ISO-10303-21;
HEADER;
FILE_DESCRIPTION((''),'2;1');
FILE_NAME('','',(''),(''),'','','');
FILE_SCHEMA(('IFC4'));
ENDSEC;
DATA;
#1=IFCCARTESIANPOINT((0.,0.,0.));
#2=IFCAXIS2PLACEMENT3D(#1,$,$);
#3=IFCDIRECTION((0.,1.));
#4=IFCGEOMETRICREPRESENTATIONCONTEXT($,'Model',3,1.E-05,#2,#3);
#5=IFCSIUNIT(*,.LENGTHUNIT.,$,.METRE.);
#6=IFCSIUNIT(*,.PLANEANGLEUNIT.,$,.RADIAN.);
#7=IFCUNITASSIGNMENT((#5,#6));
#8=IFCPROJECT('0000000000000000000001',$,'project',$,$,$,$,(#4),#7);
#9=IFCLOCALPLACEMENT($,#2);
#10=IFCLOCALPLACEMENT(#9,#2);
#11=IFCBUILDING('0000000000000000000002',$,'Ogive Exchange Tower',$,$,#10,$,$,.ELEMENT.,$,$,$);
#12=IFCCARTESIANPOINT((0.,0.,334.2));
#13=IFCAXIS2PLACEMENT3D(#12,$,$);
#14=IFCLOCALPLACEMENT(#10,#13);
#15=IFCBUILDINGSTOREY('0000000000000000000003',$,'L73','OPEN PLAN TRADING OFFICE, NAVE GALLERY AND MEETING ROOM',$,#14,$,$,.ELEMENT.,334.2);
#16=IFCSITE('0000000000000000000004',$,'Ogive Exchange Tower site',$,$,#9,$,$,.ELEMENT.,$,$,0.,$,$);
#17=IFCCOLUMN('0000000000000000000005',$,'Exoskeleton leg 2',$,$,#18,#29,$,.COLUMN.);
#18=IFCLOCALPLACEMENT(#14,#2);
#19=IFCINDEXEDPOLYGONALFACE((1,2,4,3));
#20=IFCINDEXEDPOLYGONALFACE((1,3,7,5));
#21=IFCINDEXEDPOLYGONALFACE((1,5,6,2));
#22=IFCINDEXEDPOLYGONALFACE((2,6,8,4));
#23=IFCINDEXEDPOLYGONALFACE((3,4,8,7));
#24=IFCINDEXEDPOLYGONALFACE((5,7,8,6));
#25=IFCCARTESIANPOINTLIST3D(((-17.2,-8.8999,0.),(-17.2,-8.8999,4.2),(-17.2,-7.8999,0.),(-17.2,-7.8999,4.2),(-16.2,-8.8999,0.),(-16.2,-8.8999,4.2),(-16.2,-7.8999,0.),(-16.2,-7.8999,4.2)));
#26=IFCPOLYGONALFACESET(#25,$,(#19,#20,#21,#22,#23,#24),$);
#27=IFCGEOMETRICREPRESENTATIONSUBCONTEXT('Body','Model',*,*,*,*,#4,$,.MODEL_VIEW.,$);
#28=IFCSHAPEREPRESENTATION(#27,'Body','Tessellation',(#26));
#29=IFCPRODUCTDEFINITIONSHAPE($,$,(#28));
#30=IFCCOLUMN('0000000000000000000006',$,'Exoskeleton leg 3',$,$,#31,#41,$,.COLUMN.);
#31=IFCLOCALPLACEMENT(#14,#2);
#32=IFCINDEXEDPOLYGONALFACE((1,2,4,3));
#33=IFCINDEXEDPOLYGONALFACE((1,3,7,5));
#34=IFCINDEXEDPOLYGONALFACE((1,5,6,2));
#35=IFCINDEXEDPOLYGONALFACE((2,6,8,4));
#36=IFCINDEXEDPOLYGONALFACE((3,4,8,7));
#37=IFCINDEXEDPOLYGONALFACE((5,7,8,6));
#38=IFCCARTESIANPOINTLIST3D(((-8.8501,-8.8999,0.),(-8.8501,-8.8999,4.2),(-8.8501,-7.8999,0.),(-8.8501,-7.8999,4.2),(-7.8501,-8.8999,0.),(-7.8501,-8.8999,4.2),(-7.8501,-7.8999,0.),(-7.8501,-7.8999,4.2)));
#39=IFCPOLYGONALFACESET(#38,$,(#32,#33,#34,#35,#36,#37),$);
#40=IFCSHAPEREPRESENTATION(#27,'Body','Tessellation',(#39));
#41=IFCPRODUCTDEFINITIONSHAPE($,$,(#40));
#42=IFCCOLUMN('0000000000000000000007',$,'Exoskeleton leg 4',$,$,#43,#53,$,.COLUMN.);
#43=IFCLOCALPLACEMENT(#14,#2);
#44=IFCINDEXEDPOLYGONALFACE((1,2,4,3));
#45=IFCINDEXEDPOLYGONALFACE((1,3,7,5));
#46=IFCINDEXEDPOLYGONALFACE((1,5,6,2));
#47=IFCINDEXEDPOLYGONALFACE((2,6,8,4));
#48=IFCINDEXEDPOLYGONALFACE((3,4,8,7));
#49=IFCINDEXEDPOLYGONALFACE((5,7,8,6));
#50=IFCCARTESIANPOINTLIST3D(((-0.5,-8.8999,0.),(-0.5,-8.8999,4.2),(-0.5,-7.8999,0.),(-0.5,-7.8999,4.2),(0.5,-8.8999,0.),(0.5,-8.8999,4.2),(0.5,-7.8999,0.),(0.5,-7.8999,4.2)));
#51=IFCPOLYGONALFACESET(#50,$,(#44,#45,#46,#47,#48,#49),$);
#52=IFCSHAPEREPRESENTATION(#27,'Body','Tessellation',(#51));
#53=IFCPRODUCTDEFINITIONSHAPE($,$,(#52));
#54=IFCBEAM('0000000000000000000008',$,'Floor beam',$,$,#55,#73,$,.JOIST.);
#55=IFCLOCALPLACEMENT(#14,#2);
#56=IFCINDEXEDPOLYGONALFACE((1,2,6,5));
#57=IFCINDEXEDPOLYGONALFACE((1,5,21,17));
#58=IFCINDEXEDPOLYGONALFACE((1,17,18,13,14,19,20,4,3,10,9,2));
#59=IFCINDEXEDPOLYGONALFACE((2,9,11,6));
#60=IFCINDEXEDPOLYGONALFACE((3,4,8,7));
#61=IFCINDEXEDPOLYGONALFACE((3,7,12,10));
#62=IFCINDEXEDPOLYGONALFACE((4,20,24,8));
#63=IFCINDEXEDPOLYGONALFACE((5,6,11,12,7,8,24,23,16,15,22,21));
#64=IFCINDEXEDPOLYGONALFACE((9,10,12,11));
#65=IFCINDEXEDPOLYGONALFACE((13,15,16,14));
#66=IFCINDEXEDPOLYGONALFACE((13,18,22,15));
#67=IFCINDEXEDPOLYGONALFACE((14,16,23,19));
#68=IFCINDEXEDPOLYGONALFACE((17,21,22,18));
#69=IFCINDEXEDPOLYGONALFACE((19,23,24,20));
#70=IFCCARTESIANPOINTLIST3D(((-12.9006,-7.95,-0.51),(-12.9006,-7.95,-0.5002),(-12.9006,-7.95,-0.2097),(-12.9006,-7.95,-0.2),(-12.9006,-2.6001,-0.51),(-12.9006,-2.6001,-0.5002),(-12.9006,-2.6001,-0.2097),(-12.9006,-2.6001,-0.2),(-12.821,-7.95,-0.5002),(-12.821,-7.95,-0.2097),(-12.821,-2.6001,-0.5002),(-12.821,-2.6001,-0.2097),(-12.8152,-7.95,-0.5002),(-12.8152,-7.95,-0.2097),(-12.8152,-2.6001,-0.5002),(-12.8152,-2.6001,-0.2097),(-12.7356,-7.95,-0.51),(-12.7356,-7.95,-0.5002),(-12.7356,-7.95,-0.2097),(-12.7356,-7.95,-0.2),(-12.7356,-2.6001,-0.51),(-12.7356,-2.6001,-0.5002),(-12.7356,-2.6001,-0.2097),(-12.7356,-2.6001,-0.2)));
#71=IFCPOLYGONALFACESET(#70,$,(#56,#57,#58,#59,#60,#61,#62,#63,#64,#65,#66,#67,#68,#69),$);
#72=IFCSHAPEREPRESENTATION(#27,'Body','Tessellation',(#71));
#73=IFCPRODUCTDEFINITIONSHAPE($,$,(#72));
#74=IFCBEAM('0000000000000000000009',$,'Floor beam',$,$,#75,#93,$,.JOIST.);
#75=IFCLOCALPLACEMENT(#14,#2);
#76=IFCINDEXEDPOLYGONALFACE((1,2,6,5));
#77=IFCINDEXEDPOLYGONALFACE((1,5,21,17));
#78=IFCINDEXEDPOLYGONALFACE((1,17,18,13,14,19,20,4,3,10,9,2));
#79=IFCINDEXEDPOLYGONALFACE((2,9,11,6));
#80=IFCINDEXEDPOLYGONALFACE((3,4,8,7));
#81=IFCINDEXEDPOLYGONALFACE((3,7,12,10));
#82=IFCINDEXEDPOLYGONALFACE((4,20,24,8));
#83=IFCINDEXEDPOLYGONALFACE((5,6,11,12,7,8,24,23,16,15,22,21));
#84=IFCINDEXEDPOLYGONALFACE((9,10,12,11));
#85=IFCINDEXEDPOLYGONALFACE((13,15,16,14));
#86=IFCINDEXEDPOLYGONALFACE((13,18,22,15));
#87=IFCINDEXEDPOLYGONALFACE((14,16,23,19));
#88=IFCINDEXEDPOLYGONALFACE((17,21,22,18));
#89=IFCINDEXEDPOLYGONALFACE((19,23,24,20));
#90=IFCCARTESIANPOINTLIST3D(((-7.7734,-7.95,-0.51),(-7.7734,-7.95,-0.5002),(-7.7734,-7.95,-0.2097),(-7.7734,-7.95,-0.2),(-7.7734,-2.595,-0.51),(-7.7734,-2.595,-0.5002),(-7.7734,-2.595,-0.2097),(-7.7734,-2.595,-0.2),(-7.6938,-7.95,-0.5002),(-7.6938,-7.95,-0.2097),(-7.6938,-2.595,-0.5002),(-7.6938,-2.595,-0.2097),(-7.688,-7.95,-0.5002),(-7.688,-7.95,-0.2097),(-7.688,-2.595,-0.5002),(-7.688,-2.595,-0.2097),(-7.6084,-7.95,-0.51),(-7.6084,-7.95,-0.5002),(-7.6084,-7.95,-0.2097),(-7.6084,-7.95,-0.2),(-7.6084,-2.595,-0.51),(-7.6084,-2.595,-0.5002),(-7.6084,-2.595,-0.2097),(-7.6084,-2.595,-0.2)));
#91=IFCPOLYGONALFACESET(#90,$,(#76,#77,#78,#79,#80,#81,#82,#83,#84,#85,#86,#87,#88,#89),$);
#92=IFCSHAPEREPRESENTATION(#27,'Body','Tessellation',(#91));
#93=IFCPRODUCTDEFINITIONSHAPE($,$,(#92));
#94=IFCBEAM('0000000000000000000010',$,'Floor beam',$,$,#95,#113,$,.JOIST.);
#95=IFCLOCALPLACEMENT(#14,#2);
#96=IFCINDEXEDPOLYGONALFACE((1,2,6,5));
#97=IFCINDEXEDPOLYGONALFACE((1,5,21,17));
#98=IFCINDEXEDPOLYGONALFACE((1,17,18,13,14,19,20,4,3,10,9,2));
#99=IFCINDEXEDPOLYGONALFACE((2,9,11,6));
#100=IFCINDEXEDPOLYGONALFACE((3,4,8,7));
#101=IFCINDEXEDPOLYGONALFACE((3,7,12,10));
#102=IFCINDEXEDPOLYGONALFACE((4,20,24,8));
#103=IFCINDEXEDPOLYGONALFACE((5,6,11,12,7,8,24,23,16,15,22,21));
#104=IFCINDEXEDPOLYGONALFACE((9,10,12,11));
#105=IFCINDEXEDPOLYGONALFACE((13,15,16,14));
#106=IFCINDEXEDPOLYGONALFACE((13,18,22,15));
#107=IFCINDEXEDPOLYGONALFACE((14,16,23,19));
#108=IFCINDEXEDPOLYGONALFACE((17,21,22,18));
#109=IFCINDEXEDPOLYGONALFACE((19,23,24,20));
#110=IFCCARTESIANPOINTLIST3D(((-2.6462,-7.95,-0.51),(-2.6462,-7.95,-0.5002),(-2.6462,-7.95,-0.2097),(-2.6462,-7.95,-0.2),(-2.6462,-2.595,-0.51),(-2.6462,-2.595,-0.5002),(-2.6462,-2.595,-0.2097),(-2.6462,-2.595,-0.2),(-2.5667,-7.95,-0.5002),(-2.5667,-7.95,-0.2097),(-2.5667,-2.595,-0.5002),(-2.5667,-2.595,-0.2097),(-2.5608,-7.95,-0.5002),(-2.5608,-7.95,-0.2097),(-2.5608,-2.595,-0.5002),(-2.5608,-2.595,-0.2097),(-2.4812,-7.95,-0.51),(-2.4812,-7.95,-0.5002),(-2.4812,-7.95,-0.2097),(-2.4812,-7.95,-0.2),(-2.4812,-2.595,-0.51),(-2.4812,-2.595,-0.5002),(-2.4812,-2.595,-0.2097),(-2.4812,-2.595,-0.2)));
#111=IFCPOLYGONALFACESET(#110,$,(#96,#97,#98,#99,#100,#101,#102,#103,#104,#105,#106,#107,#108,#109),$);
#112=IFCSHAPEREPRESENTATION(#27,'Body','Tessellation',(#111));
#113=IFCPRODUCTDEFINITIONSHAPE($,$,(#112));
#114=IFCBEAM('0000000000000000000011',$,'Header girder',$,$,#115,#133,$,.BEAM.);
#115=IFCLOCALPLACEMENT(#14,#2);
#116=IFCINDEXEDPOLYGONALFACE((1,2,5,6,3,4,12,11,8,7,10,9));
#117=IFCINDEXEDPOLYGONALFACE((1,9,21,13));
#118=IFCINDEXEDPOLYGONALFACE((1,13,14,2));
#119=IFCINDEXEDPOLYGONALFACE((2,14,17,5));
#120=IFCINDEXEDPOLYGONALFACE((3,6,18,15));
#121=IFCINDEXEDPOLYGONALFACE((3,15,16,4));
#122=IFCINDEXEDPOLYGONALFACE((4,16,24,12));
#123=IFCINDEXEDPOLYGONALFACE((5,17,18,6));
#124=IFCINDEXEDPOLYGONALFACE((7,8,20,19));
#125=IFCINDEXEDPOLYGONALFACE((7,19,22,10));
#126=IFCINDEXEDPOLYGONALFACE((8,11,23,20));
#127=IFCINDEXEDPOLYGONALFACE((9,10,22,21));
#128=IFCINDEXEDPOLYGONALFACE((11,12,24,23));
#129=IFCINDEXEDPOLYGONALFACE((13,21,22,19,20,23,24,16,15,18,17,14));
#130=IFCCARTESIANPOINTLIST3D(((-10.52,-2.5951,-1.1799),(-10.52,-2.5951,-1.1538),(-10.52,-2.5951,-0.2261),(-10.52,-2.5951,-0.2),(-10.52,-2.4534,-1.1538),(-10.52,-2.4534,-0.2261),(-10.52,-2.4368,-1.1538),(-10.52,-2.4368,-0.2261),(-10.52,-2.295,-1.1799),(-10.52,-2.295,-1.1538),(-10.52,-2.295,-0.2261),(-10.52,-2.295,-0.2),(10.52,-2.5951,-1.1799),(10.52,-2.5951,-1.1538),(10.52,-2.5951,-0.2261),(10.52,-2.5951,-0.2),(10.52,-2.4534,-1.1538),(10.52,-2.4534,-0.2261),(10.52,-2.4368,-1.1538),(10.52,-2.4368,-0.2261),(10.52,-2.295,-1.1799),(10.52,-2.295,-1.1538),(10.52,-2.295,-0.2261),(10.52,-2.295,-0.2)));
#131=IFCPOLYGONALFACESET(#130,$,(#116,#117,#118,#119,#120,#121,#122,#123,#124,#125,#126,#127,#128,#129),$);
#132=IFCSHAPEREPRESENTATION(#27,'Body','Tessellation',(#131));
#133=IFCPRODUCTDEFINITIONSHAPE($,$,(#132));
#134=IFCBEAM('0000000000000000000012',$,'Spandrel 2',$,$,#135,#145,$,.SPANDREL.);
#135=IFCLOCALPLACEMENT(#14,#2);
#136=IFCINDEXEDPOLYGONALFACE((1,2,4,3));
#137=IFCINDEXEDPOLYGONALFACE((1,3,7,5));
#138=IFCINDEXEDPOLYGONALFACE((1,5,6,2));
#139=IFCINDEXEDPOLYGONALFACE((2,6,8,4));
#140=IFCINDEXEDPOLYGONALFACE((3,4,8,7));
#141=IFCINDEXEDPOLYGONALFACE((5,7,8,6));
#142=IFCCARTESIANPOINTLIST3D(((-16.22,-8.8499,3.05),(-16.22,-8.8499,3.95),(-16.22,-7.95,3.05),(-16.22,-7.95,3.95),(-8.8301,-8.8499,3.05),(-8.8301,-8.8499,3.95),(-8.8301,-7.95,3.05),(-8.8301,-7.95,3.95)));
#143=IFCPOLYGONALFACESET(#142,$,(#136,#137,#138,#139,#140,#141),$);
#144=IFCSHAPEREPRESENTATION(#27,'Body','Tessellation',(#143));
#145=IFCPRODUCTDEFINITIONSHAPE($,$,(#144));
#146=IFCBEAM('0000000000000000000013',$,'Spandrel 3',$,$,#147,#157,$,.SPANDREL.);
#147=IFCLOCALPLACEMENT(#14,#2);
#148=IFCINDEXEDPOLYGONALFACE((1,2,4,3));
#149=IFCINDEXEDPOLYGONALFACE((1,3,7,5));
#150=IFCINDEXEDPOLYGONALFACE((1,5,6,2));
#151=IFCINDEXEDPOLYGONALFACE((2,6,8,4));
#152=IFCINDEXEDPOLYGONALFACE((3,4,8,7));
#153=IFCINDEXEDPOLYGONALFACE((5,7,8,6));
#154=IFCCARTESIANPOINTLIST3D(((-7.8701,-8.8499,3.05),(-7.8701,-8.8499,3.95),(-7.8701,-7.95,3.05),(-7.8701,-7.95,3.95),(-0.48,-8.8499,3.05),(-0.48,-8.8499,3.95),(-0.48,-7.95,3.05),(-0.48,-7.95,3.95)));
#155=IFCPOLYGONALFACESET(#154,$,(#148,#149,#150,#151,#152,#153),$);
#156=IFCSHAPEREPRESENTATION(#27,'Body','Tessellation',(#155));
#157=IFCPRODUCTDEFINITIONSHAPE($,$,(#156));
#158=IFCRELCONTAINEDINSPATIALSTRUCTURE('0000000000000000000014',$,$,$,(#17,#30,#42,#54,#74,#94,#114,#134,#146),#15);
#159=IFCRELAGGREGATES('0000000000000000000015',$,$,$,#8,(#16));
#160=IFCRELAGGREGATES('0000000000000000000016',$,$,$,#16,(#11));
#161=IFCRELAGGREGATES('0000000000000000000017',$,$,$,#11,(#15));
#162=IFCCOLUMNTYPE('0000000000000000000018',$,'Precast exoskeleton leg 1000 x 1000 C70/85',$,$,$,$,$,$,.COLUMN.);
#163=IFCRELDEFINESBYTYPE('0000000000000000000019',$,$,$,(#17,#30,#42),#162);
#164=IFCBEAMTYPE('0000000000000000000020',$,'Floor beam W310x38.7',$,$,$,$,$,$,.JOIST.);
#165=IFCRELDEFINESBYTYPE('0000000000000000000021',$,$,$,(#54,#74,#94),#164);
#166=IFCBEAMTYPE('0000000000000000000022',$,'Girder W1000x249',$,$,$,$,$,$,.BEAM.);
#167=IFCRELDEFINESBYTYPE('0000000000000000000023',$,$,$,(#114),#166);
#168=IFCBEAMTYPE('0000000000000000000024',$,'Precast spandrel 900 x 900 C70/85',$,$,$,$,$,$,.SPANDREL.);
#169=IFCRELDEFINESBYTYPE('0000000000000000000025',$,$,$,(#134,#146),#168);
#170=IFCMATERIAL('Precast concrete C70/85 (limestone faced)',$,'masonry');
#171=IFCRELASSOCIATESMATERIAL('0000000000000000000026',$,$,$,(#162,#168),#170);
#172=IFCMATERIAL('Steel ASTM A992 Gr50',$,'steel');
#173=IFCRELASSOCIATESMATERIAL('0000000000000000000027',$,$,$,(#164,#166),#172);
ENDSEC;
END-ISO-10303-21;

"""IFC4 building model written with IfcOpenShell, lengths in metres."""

from ifc_helpers import new_model, si_unit, direction, frame, origin, origin_2d, place, context, subcontext, project, spatial, rectangle, i_section, extrude, material, material_profile, profile_set, type_object, element, save


model = new_model("IFC4")

# Units and contexts
model_context = context("Model", 3, precision=1e-05, world=origin(), true_north=direction((0.0, 1.0)))
body_context = subcontext(model_context, "Body", "Model", "MODEL_VIEW")
ifc_project = project(units=[si_unit("LENGTHUNIT", "METRE"), si_unit("PLANEANGLEUNIT", "RADIAN")], contexts=[model_context])

# Site, building, storey
site_placement = place(None, origin())
site = spatial("IfcSite", under=ifc_project, at=site_placement, Name="Ogive Exchange Tower site", CompositionType="ELEMENT", RefElevation=0.0)
building_placement = place(site_placement, origin())
building = spatial("IfcBuilding", under=site, at=building_placement, Name="Ogive Exchange Tower", CompositionType="ELEMENT")
storey_placement = place(building_placement, frame((0.0, 0.0, 334.2)))
storey = spatial("IfcBuildingStorey", under=building, at=storey_placement, Name="L73", Description="OPEN PLAN TRADING OFFICE, NAVE GALLERY AND MEETING ROOM", CompositionType="ELEMENT", Elevation=334.2)

# Columns
ifc_material_1 = material(Name="Precast concrete C70/85 (limestone faced)", Category="masonry")
ifc_material_profile_1 = material_profile(ifc_material_1, rectangle(XDim=1.0, YDim=1.0, at=origin_2d()), Name="1000 x 1000")
ifc_profile_set_1 = profile_set([ifc_material_profile_1], Name="Precast concrete C70/85 (limestone faced)")
column_type = type_object("IfcColumnType", Name="Precast exoskeleton leg 1000 x 1000 C70/85", PredefinedType="COLUMN", material=ifc_profile_set_1)
for number, where, z_axis, x_axis, name in (
    (1, (-16.7, -8.3999, 0.0), (0.0, 0.0, 1.0), (1.0, 0.0, 0.0), "Exoskeleton leg 2"),
    (2, (-8.3501, -8.3999, 0.0), (0.0, 0.0, 1.0), (1.0, 0.0, 0.0), "Exoskeleton leg 3"),
    (3, (0.0, -8.3999, 0.0), (0.0, 0.0, 1.0), (1.0, 0.0, 0.0), "Exoskeleton leg 4"),
):
    element("IfcColumn", number, at=place(storey_placement, frame(where, z_axis=z_axis, x_axis=x_axis)), inside=storey, type_object=column_type, Name=name, PredefinedType="COLUMN", context=body_context, shape_type="SweptSolid", body=[
        extrude(rectangle(XDim=1.0, YDim=1.0, at=origin_2d()), origin(), (0.0, 0.0, 1.0), 4.2),
    ])

# Beams
ifc_material_2 = material(Name="Steel ASTM A992 Gr50", Category="steel")
ifc_material_profile_2 = material_profile(ifc_material_2, i_section(OverallWidth=0.165, OverallDepth=0.3101, WebThickness=0.0059, FlangeThickness=0.0098, at=origin_2d()), Name="W310x38.7")
ifc_profile_set_2 = profile_set([ifc_material_profile_2], Name="Steel ASTM A992 Gr50")
beam_type_1 = type_object("IfcBeamType", Name="Floor beam W310x38.7", PredefinedType="JOIST", material=ifc_profile_set_2)
beam_1_placement = place(storey_placement, frame((-12.8181, -7.95, -0.355), z_axis=(0.0, 1.0, 0.0), x_axis=(-1.0, 0.0, 0.0)))
element("IfcBeam", 4, at=beam_1_placement, inside=storey, type_object=beam_type_1, Name="Floor beam", PredefinedType="JOIST", context=body_context, shape_type="SweptSolid", body=[
    extrude(i_section(OverallWidth=0.165, OverallDepth=0.3101, WebThickness=0.0059, FlangeThickness=0.0098, at=origin_2d()), origin(), (0.0, 0.0, 1.0), 5.3499),
])
for number, where, z_axis, x_axis, name in (
    (5, (-7.6909, -7.95, -0.355), (0.0, 1.0, 0.0), (-1.0, 0.0, 0.0), "Floor beam"),
    (6, (-2.5637, -7.95, -0.355), (0.0, 1.0, 0.0), (-1.0, 0.0, 0.0), "Floor beam"),
):
    element("IfcBeam", number, at=place(storey_placement, frame(where, z_axis=z_axis, x_axis=x_axis)), inside=storey, type_object=beam_type_1, Name=name, PredefinedType="JOIST", context=body_context, shape_type="SweptSolid", body=[
        extrude(i_section(OverallWidth=0.165, OverallDepth=0.3101, WebThickness=0.0059, FlangeThickness=0.0098, at=origin_2d()), origin(), (0.0, 0.0, 1.0), 5.355),
    ])
ifc_material_profile_3 = material_profile(ifc_material_2, i_section(OverallWidth=0.3, OverallDepth=0.98, WebThickness=0.0166, FlangeThickness=0.0261, at=origin_2d()), Name="W1000x249")
ifc_profile_set_3 = profile_set([ifc_material_profile_3], Name="Steel ASTM A992 Gr50")
beam_type_2 = type_object("IfcBeamType", Name="Girder W1000x249", PredefinedType="BEAM", material=ifc_profile_set_3)
beam_2_placement = place(storey_placement, frame((-10.52, -2.4451, -0.6899), z_axis=(1.0, 0.0, 0.0), x_axis=(0.0, 1.0, 0.0)))
element("IfcBeam", 7, at=beam_2_placement, inside=storey, type_object=beam_type_2, Name="Header girder", PredefinedType="BEAM", context=body_context, shape_type="SweptSolid", body=[
    extrude(i_section(OverallWidth=0.3, OverallDepth=0.98, WebThickness=0.0166, FlangeThickness=0.0261, at=origin_2d()), origin(), (0.0, 0.0, 1.0), 21.04),
])
ifc_material_profile_4 = material_profile(ifc_material_1, rectangle(XDim=0.8999, YDim=0.8999, at=origin_2d()), Name="900 x 900")
ifc_profile_set_4 = profile_set([ifc_material_profile_4], Name="Precast concrete C70/85 (limestone faced)")
beam_type_3 = type_object("IfcBeamType", Name="Precast spandrel 900 x 900 C70/85", PredefinedType="SPANDREL", material=ifc_profile_set_4)
beam_3_placement = place(storey_placement, frame((-16.22, -8.3999, 3.5), z_axis=(1.0, 0.0, 0.0), x_axis=(0.0, 1.0, 0.0)))
element("IfcBeam", 8, at=beam_3_placement, inside=storey, type_object=beam_type_3, Name="Spandrel 2", PredefinedType="SPANDREL", context=body_context, shape_type="SweptSolid", body=[
    extrude(rectangle(XDim=0.8999, YDim=0.8999, at=origin_2d()), origin(), (0.0, 0.0, 1.0), 7.3899),
])
beam_4_placement = place(storey_placement, frame((-7.8701, -8.3999, 3.5), z_axis=(1.0, 0.0, 0.0), x_axis=(0.0, 1.0, 0.0)))
element("IfcBeam", 9, at=beam_4_placement, inside=storey, type_object=beam_type_3, Name="Spandrel 3", PredefinedType="SPANDREL", context=body_context, shape_type="SweptSolid", body=[
    extrude(rectangle(XDim=0.8999, YDim=0.8999, at=origin_2d()), origin(), (0.0, 0.0, 1.0), 7.3901),
])

save(model, "model.ifc")
